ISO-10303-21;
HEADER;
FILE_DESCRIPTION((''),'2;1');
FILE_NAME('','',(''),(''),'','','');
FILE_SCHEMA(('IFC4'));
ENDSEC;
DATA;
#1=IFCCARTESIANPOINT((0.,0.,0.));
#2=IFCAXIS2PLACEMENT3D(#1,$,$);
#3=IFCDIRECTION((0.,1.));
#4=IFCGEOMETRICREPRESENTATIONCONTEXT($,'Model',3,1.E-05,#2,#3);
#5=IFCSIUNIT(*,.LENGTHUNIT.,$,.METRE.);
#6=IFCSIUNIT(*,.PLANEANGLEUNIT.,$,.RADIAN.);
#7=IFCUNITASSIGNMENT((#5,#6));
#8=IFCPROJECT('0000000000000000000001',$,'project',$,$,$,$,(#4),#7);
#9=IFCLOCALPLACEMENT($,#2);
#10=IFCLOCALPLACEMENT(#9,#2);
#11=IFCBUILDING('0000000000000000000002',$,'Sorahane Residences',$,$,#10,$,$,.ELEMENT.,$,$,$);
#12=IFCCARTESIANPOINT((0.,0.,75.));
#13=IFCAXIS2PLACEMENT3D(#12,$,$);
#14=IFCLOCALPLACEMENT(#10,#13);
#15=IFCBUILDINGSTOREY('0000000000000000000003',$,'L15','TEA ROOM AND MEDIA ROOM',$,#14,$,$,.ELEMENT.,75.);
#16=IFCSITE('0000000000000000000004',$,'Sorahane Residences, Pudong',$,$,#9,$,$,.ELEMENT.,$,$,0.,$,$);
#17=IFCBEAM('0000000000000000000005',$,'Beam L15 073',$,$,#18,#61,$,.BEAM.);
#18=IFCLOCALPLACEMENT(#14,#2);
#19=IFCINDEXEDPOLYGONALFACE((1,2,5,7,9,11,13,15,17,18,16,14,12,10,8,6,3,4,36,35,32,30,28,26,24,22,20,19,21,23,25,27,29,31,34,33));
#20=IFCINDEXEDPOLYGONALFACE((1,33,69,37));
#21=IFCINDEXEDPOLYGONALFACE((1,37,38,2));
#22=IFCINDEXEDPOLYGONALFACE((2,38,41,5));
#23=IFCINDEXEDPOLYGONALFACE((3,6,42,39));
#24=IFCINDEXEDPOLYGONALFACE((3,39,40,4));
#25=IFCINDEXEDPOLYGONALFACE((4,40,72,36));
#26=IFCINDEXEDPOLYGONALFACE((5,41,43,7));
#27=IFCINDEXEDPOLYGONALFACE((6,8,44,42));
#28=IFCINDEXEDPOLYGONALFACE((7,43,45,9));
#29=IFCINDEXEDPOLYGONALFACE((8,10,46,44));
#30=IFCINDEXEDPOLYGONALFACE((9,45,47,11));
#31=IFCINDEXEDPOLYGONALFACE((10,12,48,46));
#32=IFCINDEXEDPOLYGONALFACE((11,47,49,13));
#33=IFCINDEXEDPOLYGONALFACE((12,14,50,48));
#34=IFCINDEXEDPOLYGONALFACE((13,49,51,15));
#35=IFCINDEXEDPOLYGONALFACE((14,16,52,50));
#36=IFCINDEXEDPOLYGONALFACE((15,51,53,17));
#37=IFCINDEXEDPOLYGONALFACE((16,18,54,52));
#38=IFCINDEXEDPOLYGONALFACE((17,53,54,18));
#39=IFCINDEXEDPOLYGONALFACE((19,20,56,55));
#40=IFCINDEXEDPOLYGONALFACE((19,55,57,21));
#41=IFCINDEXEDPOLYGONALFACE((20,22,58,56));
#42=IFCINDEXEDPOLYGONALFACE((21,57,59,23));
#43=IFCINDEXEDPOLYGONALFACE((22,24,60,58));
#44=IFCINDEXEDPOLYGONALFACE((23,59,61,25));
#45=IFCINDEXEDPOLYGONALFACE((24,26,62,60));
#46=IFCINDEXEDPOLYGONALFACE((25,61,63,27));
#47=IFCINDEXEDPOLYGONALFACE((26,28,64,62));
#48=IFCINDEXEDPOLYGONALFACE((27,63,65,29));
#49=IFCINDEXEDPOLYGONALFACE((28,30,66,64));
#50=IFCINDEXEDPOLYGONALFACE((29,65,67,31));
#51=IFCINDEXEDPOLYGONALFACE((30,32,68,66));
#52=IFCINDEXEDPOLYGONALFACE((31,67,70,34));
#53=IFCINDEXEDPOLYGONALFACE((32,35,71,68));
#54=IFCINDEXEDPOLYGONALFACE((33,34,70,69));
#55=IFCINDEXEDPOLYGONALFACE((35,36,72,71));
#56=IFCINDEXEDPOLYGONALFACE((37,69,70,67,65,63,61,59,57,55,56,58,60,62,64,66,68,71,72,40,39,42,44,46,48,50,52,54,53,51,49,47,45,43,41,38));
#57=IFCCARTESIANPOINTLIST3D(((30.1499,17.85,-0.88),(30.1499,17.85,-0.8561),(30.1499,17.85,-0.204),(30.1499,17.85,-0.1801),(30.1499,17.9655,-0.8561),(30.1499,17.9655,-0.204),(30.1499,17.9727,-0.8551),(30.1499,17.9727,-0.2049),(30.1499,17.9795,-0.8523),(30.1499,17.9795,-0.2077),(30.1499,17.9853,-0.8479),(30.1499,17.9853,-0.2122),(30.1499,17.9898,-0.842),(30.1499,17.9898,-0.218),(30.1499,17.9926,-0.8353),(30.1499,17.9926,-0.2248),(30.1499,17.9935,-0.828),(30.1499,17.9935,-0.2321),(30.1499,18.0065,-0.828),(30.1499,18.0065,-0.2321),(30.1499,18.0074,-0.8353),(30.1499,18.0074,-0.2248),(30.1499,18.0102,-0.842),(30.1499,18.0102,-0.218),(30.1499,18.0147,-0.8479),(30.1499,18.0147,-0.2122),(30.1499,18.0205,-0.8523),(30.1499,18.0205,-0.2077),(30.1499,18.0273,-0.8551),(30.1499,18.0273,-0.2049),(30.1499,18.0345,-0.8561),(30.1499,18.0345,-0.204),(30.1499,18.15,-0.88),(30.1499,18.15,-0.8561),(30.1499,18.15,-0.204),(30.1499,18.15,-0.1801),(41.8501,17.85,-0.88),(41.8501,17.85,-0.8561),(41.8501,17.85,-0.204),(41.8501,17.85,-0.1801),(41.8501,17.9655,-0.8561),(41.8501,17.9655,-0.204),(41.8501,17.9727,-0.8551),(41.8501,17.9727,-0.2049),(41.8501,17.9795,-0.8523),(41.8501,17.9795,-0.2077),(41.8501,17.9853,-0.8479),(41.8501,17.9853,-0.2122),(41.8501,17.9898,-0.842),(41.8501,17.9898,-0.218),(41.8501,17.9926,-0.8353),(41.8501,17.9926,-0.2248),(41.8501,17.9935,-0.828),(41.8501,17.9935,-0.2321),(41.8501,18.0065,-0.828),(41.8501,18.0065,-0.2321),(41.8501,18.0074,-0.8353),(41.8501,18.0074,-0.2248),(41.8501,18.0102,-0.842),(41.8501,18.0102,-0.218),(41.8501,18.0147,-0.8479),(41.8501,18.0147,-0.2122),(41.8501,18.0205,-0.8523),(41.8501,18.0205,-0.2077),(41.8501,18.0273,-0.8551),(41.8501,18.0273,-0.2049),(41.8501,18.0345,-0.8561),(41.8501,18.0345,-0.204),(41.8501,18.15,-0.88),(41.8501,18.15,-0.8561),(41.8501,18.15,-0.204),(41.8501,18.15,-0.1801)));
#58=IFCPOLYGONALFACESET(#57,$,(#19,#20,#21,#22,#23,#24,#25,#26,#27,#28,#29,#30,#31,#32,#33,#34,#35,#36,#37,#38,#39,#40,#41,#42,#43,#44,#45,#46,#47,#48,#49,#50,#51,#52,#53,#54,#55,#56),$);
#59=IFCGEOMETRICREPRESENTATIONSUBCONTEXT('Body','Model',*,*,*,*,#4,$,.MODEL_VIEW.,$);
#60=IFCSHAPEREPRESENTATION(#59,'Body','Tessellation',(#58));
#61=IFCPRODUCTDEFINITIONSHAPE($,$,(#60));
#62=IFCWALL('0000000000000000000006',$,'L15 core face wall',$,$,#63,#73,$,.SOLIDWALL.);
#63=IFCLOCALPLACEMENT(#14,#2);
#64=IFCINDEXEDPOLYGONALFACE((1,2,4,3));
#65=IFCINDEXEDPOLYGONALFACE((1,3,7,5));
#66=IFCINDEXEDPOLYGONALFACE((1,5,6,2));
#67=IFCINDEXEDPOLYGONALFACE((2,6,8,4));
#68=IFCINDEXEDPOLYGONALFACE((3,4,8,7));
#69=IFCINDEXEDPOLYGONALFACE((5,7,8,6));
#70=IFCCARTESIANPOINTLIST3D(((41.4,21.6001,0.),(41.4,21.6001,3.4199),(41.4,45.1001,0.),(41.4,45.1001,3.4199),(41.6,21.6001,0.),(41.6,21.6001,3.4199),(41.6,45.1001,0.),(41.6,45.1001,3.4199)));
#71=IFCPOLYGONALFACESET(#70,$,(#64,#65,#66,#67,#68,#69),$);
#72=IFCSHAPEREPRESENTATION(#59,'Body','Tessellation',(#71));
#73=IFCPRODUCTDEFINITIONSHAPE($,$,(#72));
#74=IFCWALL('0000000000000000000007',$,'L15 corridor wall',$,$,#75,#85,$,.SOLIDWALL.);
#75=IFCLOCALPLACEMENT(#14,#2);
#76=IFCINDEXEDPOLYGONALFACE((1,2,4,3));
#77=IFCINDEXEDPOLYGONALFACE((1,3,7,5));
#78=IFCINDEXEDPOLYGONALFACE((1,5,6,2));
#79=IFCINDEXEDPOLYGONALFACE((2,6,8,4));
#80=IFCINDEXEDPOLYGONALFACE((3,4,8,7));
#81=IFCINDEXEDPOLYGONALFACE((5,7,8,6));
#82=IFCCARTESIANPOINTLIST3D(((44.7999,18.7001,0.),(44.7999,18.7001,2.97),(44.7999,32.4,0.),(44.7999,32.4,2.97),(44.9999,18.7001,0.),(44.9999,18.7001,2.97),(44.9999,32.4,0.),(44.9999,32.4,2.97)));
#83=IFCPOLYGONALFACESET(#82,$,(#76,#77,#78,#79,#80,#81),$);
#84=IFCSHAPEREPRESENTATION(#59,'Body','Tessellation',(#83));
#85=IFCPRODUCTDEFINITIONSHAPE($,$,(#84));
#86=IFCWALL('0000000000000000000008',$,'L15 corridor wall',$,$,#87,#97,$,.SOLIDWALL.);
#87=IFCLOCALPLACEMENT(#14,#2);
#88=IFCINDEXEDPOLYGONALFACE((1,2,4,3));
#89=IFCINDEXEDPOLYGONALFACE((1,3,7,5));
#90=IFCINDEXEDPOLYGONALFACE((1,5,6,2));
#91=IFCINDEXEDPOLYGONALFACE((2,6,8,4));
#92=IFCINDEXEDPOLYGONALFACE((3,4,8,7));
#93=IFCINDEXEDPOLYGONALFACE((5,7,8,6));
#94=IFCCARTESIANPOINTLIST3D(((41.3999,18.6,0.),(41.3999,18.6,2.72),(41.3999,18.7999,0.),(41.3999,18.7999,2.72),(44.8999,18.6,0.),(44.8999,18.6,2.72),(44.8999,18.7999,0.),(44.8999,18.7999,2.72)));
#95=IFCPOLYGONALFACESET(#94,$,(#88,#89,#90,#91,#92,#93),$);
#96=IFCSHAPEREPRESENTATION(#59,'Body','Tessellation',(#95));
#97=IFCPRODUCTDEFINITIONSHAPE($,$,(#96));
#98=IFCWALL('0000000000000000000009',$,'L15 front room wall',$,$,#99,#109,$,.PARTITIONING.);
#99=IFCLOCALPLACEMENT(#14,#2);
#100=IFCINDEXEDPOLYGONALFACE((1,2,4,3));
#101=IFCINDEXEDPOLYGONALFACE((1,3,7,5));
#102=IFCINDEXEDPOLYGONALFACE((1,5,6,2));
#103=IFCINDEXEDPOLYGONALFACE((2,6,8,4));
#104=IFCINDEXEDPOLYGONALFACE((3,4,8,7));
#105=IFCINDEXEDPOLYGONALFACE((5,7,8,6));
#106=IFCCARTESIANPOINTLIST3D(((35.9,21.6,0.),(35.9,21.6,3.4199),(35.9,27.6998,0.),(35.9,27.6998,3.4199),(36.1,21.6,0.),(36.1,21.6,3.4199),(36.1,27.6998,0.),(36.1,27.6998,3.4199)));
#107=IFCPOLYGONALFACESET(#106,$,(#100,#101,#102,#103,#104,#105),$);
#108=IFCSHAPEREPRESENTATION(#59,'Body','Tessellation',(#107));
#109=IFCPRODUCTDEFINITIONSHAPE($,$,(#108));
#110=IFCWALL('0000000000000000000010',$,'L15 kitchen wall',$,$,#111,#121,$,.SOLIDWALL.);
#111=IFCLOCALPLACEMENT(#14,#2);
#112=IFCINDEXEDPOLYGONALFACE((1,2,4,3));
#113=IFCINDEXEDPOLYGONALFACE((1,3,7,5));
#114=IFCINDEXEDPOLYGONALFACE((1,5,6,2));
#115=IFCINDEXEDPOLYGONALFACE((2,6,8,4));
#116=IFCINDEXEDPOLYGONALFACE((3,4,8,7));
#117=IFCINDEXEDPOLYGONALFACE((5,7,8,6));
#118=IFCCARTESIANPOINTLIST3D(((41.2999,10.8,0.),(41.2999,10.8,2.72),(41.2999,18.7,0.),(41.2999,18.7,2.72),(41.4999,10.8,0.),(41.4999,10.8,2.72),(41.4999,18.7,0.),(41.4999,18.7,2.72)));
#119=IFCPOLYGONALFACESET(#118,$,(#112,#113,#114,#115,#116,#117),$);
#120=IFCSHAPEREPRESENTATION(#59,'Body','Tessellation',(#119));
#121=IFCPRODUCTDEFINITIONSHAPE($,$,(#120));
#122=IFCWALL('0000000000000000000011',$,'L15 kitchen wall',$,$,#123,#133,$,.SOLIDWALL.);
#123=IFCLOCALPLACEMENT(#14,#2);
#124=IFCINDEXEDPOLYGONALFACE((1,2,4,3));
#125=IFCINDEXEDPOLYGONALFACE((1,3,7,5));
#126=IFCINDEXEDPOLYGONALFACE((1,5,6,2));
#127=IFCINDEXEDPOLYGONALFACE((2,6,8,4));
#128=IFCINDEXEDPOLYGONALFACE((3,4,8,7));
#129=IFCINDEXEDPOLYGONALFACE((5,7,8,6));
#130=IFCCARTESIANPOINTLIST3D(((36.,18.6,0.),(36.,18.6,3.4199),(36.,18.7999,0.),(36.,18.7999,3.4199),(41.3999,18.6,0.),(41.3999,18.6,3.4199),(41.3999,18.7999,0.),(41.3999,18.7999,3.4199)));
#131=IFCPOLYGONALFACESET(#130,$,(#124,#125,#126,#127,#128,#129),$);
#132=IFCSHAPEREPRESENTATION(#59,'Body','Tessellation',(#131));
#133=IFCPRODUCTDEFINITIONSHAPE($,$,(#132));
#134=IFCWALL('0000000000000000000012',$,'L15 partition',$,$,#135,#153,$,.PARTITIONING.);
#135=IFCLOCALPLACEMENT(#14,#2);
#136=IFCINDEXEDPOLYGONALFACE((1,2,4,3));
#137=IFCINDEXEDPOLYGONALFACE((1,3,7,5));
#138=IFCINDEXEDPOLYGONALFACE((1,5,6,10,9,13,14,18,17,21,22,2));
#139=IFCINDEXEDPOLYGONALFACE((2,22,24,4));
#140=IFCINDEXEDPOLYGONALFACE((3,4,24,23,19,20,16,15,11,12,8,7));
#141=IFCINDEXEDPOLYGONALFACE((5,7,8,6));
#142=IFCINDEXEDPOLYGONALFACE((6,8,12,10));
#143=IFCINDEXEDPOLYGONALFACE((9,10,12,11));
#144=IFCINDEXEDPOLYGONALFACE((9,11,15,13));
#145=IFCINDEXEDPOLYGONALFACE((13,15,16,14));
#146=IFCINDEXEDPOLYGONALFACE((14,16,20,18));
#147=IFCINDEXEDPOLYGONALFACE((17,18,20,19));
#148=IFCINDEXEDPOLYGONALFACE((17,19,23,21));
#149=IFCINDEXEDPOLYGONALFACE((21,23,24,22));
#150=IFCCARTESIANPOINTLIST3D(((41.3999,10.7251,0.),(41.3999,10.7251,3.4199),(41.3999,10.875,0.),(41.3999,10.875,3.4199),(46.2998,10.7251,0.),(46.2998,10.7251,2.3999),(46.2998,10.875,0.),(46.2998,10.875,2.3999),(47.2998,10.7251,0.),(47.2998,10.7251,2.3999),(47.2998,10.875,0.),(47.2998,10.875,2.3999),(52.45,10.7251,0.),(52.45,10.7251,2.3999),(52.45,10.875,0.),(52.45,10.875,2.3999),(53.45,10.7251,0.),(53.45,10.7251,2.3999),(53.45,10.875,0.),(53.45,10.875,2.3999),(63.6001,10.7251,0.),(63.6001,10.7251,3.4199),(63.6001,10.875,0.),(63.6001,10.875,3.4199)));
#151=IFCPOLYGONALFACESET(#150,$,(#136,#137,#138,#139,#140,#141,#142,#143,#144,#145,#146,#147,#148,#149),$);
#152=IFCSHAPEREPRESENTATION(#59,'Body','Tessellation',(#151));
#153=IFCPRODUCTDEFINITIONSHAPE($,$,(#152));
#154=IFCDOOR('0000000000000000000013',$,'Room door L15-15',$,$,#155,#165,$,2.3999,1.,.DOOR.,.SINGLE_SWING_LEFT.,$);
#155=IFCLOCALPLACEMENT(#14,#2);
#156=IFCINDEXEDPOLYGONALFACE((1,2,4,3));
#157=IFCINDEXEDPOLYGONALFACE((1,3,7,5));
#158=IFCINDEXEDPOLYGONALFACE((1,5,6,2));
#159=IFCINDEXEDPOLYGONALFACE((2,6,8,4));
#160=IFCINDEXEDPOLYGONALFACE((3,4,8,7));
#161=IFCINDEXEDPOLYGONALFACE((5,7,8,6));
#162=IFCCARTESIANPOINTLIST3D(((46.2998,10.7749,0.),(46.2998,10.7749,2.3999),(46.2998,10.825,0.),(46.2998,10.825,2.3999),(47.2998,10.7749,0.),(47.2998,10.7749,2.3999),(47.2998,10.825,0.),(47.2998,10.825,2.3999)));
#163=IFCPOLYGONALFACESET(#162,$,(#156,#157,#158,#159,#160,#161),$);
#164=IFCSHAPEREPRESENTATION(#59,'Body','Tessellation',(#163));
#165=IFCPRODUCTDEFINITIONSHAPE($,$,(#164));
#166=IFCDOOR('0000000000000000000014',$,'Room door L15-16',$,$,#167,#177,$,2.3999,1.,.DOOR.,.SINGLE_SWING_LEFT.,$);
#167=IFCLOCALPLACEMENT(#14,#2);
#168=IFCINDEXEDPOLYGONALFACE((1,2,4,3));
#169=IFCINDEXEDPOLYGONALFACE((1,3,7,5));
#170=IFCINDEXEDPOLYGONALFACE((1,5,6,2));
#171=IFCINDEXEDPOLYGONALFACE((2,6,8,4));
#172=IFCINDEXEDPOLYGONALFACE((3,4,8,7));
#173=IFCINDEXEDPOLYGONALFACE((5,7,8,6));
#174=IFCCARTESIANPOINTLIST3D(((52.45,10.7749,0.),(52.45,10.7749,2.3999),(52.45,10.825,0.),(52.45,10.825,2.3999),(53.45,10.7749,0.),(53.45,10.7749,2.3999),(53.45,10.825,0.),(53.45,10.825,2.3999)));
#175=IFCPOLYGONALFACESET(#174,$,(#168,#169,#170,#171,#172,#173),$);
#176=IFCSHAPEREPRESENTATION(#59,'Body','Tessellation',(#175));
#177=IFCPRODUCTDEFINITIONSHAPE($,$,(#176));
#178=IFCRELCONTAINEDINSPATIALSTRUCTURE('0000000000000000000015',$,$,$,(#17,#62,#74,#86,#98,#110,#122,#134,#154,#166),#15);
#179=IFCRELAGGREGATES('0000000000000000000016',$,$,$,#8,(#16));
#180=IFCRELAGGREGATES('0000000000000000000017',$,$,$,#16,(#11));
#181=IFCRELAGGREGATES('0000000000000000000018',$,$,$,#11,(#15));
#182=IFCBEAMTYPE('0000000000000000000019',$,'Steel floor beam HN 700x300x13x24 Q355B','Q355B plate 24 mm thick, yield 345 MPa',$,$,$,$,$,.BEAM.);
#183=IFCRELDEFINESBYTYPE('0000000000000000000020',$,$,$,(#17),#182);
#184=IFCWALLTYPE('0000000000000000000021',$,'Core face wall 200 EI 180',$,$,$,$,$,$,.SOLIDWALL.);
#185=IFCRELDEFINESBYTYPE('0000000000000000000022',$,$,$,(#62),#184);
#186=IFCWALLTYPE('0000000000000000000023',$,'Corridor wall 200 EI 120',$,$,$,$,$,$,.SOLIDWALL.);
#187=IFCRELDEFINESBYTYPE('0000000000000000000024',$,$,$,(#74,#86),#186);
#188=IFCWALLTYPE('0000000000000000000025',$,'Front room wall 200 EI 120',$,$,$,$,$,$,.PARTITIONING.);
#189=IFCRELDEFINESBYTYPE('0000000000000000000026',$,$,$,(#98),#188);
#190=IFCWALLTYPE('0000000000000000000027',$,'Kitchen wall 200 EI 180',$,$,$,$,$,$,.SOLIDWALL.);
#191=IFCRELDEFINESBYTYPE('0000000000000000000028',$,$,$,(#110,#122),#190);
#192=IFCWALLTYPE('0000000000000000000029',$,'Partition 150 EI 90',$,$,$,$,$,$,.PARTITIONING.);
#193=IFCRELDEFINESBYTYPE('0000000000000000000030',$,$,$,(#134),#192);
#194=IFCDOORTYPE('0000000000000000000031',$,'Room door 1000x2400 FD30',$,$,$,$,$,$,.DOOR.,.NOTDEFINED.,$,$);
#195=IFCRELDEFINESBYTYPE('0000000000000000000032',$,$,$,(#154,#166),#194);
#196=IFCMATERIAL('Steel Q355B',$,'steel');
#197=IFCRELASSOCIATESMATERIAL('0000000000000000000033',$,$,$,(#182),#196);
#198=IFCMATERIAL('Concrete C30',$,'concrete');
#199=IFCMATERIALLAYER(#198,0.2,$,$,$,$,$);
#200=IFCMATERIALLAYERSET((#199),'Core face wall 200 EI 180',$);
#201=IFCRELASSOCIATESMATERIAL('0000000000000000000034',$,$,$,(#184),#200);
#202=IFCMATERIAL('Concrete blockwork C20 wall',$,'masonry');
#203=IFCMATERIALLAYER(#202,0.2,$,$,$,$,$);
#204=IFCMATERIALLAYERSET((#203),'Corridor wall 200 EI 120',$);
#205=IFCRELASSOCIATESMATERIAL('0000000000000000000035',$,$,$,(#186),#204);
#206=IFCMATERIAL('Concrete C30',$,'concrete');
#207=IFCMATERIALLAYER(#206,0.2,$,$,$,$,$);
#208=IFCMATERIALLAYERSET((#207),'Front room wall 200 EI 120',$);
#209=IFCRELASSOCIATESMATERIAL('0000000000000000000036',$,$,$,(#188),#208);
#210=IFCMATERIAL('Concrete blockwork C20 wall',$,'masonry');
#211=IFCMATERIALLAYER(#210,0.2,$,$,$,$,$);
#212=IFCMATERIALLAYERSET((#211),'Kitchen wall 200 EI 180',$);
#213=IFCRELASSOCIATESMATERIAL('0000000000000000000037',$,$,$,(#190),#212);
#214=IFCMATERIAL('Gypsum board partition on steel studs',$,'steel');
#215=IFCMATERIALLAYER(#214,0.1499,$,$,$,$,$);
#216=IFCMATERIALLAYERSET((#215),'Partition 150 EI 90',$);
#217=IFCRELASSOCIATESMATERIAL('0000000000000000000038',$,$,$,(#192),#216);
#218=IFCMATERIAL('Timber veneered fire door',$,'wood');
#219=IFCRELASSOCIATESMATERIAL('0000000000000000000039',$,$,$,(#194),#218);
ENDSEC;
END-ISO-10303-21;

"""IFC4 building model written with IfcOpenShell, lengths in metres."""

from ifc_helpers import new_model, si_unit, direction, frame, frame_2d, origin, origin_2d, place, context, subcontext, project, spatial, rectangle, i_section, extrude, material, layer, layer_set, material_profile, profile_set, type_object, element, fill, save


model = new_model("IFC4")

# Units and contexts
model_context = context("Model", 3, precision=1e-05, world=origin(), true_north=direction((0.0, 1.0)))
body_context = subcontext(model_context, "Body", "Model", "MODEL_VIEW")
ifc_project = project(units=[si_unit("LENGTHUNIT", "METRE"), si_unit("PLANEANGLEUNIT", "RADIAN")], contexts=[model_context])

# Site, building, storey
site_placement = place(None, origin())
site = spatial("IfcSite", under=ifc_project, at=site_placement, Name="Sorahane Residences, Pudong", CompositionType="ELEMENT", RefElevation=0.0)
building_placement = place(site_placement, origin())
building = spatial("IfcBuilding", under=site, at=building_placement, Name="Sorahane Residences", CompositionType="ELEMENT")
storey_placement = place(building_placement, frame((0.0, 0.0, 75.0)))
storey = spatial("IfcBuildingStorey", under=building, at=storey_placement, Name="L15", Description="TEA ROOM AND MEDIA ROOM", CompositionType="ELEMENT", Elevation=75.0)

# Beam
ifc_material_1 = material(Name="Steel Q355B", Category="steel")
ifc_material_profile_1 = material_profile(ifc_material_1, i_section(OverallWidth=0.3, OverallDepth=0.7, WebThickness=0.0129, FlangeThickness=0.0239, FilletRadius=0.0281, at=origin_2d()), Name="HN 700x300x13x24")
ifc_profile_set_1 = profile_set([ifc_material_profile_1], Name="Steel Q355B")
beam_type_1 = type_object("IfcBeamType", Name="Steel floor beam HN 700x300x13x24 Q355B", Description="Q355B plate 24 mm thick, yield 345 MPa", PredefinedType="BEAM", material=ifc_profile_set_1)
beam_1_placement = place(storey_placement, frame((30.1499, 18.0, -0.53), z_axis=(1.0, 0.0, 0.0), x_axis=(0.0, 1.0, 0.0)))
element("IfcBeam", 1, at=beam_1_placement, inside=storey, type_object=beam_type_1, Name="Beam L15 073", PredefinedType="BEAM", context=body_context, shape_type="SweptSolid", body=[
    extrude(i_section(OverallWidth=0.3, OverallDepth=0.7, WebThickness=0.0129, FlangeThickness=0.0239, FilletRadius=0.0281, at=origin_2d()), origin(), (0.0, 0.0, 1.0), 11.7002),
])

# Walls
ifc_material_2 = material(Name="Concrete C30", Category="concrete")
ifc_layer_1 = layer(ifc_material_2, 0.2)
ifc_layer_set_1 = layer_set([ifc_layer_1], Name="Core face wall 200 EI 180")
wall_type_1 = type_object("IfcWallType", Name="Core face wall 200 EI 180", PredefinedType="SOLIDWALL", material=ifc_layer_set_1)
wall_1_placement = place(storey_placement, frame((41.5, 21.6001, 0.0), z_axis=(0.0, 0.0, 1.0), x_axis=(0.0, 1.0, 0.0)))
element("IfcWall", 2, at=wall_1_placement, inside=storey, type_object=wall_type_1, Name="L15 core face wall", PredefinedType="SOLIDWALL", context=body_context, shape_type="SweptSolid", body=[
    extrude(rectangle(XDim=23.5, YDim=0.2, at=frame_2d((11.75, 0.0))), origin(), (0.0, 0.0, 1.0), 3.4199),
])
ifc_material_3 = material(Name="Concrete blockwork C20 wall", Category="masonry")
ifc_layer_2 = layer(ifc_material_3, 0.2)
ifc_layer_set_2 = layer_set([ifc_layer_2], Name="Corridor wall 200 EI 120")
wall_type_2 = type_object("IfcWallType", Name="Corridor wall 200 EI 120", PredefinedType="SOLIDWALL", material=ifc_layer_set_2)
wall_2_placement = place(storey_placement, frame((44.8999, 18.7, 0.0), z_axis=(0.0, 0.0, 1.0), x_axis=(0.0, 1.0, 0.0)))
element("IfcWall", 3, at=wall_2_placement, inside=storey, type_object=wall_type_2, Name="L15 corridor wall", PredefinedType="SOLIDWALL", context=body_context, shape_type="SweptSolid", body=[
    extrude(rectangle(XDim=13.7, YDim=0.2, at=frame_2d((6.8501, 0.0))), origin(), (0.0, 0.0, 1.0), 2.97),
])
wall_3_placement = place(storey_placement, frame((41.3999, 18.7, 0.0), z_axis=(0.0, 0.0, 1.0), x_axis=(1.0, 0.0, 0.0)))
element("IfcWall", 4, at=wall_3_placement, inside=storey, type_object=wall_type_2, Name="L15 corridor wall", PredefinedType="SOLIDWALL", context=body_context, shape_type="SweptSolid", body=[
    extrude(rectangle(XDim=3.5, YDim=0.2, at=frame_2d((1.75, 0.0))), origin(), (0.0, 0.0, 1.0), 2.72),
])
ifc_material_4 = material(Name="Concrete C30", Category="concrete")
ifc_layer_3 = layer(ifc_material_4, 0.2)
ifc_layer_set_3 = layer_set([ifc_layer_3], Name="Front room wall 200 EI 120")
wall_type_3 = type_object("IfcWallType", Name="Front room wall 200 EI 120", PredefinedType="PARTITIONING", material=ifc_layer_set_3)
wall_4_placement = place(storey_placement, frame((36.0, 21.6001, 0.0), z_axis=(0.0, 0.0, 1.0), x_axis=(0.0, 1.0, 0.0)))
element("IfcWall", 5, at=wall_4_placement, inside=storey, type_object=wall_type_3, Name="L15 front room wall", PredefinedType="PARTITIONING", context=body_context, shape_type="SweptSolid", body=[
    extrude(rectangle(XDim=6.0999, YDim=0.2, at=frame_2d((3.0498, 0.0))), origin(), (0.0, 0.0, 1.0), 3.4199),
])
ifc_material_5 = material(Name="Concrete blockwork C20 wall", Category="masonry")
ifc_layer_4 = layer(ifc_material_5, 0.2)
ifc_layer_set_4 = layer_set([ifc_layer_4], Name="Kitchen wall 200 EI 180")
wall_type_4 = type_object("IfcWallType", Name="Kitchen wall 200 EI 180", PredefinedType="SOLIDWALL", material=ifc_layer_set_4)
wall_5_placement = place(storey_placement, frame((41.3999, 10.8, 0.0), z_axis=(0.0, 0.0, 1.0), x_axis=(0.0, 1.0, 0.0)))
element("IfcWall", 6, at=wall_5_placement, inside=storey, type_object=wall_type_4, Name="L15 kitchen wall", PredefinedType="SOLIDWALL", context=body_context, shape_type="SweptSolid", body=[
    extrude(rectangle(XDim=7.8999, YDim=0.2, at=frame_2d((3.95, 0.0))), origin(), (0.0, 0.0, 1.0), 2.72),
])
wall_6_placement = place(storey_placement, frame((36.0, 18.7, 0.0), z_axis=(0.0, 0.0, 1.0), x_axis=(1.0, 0.0, 0.0)))
element("IfcWall", 7, at=wall_6_placement, inside=storey, type_object=wall_type_4, Name="L15 kitchen wall", PredefinedType="SOLIDWALL", context=body_context, shape_type="SweptSolid", body=[
    extrude(rectangle(XDim=5.3999, YDim=0.2, at=frame_2d((2.7, 0.0))), origin(), (0.0, 0.0, 1.0), 3.4199),
])

# Wall, openings, doors
ifc_material_6 = material(Name="Gypsum board partition on steel studs", Category="steel")
ifc_layer_5 = layer(ifc_material_6, 0.1499)
ifc_layer_set_5 = layer_set([ifc_layer_5], Name="Partition 150 EI 90")
wall_type_5 = type_object("IfcWallType", Name="Partition 150 EI 90", PredefinedType="PARTITIONING", material=ifc_layer_set_5)
wall_7_placement = place(storey_placement, frame((41.3999, 10.8, 0.0), z_axis=(0.0, 0.0, 1.0), x_axis=(1.0, 0.0, 0.0)))
wall_7 = element("IfcWall", 8, at=wall_7_placement, inside=storey, type_object=wall_type_5, Name="L15 partition", PredefinedType="PARTITIONING", context=body_context, shape_type="SweptSolid", body=[
    extrude(rectangle(XDim=22.2002, YDim=0.1499, at=frame_2d((11.1001, 0.0))), origin(), (0.0, 0.0, 1.0), 3.4199),
])
opening_1_placement = place(wall_7_placement, frame((4.8999, 0.0, 0.0)))
opening_1 = element("IfcOpeningElement", 9, at=opening_1_placement, cuts=wall_7, PredefinedType="OPENING", context=body_context, shape_type="SweptSolid", body=[
    extrude(rectangle(XDim=1.0, YDim=2.3999, at=frame_2d((0.5, 1.2))), frame((0.0, 0.085, 0.0), z_axis=(0.0, -1.0, 0.0), x_axis=(1.0, 0.0, 0.0)), (0.0, 0.0, 1.0), 0.1699),
])
opening_2_placement = place(wall_7_placement, frame((11.05, 0.0, 0.0)))
opening_2 = element("IfcOpeningElement", 10, at=opening_2_placement, cuts=wall_7, PredefinedType="OPENING", context=body_context, shape_type="SweptSolid", body=[
    extrude(rectangle(XDim=1.0, YDim=2.3999, at=frame_2d((0.5, 1.2))), frame((0.0, 0.085, 0.0), z_axis=(0.0, -1.0, 0.0), x_axis=(1.0, 0.0, 0.0)), (0.0, 0.0, 1.0), 0.1699),
])
ifc_material_7 = material(Name="Timber veneered fire door", Category="wood")
door_type_1 = type_object("IfcDoorType", Name="Room door 1000x2400 FD30", OperationType="NOTDEFINED", PredefinedType="DOOR", material=ifc_material_7)
door_1_placement = place(opening_1_placement, origin())
door_1 = element("IfcDoor", 11, at=door_1_placement, inside=storey, type_object=door_type_1, Name="Room door L15-15", OperationType="SINGLE_SWING_LEFT", OverallHeight=2.3999, OverallWidth=1.0, PredefinedType="DOOR", context=body_context, shape_type="SweptSolid", body=[
    extrude(rectangle(XDim=1.0, YDim=2.3999, at=frame_2d((0.5, 1.2))), frame((0.0, 0.0249, 0.0), z_axis=(0.0, -1.0, 0.0), x_axis=(1.0, 0.0, 0.0)), (0.0, 0.0, 1.0), 0.05),
])
fill(opening_1, door_1)
door_2_placement = place(opening_2_placement, origin())
door_2 = element("IfcDoor", 12, at=door_2_placement, inside=storey, type_object=door_type_1, Name="Room door L15-16", OperationType="SINGLE_SWING_LEFT", OverallHeight=2.3999, OverallWidth=1.0, PredefinedType="DOOR", context=body_context, shape_type="SweptSolid", body=[
    extrude(rectangle(XDim=1.0, YDim=2.3999, at=frame_2d((0.5, 1.2))), frame((0.0, 0.0249, 0.0), z_axis=(0.0, -1.0, 0.0), x_axis=(1.0, 0.0, 0.0)), (0.0, 0.0, 1.0), 0.05),
])
fill(opening_2, door_2)

save(model, "model.ifc")
